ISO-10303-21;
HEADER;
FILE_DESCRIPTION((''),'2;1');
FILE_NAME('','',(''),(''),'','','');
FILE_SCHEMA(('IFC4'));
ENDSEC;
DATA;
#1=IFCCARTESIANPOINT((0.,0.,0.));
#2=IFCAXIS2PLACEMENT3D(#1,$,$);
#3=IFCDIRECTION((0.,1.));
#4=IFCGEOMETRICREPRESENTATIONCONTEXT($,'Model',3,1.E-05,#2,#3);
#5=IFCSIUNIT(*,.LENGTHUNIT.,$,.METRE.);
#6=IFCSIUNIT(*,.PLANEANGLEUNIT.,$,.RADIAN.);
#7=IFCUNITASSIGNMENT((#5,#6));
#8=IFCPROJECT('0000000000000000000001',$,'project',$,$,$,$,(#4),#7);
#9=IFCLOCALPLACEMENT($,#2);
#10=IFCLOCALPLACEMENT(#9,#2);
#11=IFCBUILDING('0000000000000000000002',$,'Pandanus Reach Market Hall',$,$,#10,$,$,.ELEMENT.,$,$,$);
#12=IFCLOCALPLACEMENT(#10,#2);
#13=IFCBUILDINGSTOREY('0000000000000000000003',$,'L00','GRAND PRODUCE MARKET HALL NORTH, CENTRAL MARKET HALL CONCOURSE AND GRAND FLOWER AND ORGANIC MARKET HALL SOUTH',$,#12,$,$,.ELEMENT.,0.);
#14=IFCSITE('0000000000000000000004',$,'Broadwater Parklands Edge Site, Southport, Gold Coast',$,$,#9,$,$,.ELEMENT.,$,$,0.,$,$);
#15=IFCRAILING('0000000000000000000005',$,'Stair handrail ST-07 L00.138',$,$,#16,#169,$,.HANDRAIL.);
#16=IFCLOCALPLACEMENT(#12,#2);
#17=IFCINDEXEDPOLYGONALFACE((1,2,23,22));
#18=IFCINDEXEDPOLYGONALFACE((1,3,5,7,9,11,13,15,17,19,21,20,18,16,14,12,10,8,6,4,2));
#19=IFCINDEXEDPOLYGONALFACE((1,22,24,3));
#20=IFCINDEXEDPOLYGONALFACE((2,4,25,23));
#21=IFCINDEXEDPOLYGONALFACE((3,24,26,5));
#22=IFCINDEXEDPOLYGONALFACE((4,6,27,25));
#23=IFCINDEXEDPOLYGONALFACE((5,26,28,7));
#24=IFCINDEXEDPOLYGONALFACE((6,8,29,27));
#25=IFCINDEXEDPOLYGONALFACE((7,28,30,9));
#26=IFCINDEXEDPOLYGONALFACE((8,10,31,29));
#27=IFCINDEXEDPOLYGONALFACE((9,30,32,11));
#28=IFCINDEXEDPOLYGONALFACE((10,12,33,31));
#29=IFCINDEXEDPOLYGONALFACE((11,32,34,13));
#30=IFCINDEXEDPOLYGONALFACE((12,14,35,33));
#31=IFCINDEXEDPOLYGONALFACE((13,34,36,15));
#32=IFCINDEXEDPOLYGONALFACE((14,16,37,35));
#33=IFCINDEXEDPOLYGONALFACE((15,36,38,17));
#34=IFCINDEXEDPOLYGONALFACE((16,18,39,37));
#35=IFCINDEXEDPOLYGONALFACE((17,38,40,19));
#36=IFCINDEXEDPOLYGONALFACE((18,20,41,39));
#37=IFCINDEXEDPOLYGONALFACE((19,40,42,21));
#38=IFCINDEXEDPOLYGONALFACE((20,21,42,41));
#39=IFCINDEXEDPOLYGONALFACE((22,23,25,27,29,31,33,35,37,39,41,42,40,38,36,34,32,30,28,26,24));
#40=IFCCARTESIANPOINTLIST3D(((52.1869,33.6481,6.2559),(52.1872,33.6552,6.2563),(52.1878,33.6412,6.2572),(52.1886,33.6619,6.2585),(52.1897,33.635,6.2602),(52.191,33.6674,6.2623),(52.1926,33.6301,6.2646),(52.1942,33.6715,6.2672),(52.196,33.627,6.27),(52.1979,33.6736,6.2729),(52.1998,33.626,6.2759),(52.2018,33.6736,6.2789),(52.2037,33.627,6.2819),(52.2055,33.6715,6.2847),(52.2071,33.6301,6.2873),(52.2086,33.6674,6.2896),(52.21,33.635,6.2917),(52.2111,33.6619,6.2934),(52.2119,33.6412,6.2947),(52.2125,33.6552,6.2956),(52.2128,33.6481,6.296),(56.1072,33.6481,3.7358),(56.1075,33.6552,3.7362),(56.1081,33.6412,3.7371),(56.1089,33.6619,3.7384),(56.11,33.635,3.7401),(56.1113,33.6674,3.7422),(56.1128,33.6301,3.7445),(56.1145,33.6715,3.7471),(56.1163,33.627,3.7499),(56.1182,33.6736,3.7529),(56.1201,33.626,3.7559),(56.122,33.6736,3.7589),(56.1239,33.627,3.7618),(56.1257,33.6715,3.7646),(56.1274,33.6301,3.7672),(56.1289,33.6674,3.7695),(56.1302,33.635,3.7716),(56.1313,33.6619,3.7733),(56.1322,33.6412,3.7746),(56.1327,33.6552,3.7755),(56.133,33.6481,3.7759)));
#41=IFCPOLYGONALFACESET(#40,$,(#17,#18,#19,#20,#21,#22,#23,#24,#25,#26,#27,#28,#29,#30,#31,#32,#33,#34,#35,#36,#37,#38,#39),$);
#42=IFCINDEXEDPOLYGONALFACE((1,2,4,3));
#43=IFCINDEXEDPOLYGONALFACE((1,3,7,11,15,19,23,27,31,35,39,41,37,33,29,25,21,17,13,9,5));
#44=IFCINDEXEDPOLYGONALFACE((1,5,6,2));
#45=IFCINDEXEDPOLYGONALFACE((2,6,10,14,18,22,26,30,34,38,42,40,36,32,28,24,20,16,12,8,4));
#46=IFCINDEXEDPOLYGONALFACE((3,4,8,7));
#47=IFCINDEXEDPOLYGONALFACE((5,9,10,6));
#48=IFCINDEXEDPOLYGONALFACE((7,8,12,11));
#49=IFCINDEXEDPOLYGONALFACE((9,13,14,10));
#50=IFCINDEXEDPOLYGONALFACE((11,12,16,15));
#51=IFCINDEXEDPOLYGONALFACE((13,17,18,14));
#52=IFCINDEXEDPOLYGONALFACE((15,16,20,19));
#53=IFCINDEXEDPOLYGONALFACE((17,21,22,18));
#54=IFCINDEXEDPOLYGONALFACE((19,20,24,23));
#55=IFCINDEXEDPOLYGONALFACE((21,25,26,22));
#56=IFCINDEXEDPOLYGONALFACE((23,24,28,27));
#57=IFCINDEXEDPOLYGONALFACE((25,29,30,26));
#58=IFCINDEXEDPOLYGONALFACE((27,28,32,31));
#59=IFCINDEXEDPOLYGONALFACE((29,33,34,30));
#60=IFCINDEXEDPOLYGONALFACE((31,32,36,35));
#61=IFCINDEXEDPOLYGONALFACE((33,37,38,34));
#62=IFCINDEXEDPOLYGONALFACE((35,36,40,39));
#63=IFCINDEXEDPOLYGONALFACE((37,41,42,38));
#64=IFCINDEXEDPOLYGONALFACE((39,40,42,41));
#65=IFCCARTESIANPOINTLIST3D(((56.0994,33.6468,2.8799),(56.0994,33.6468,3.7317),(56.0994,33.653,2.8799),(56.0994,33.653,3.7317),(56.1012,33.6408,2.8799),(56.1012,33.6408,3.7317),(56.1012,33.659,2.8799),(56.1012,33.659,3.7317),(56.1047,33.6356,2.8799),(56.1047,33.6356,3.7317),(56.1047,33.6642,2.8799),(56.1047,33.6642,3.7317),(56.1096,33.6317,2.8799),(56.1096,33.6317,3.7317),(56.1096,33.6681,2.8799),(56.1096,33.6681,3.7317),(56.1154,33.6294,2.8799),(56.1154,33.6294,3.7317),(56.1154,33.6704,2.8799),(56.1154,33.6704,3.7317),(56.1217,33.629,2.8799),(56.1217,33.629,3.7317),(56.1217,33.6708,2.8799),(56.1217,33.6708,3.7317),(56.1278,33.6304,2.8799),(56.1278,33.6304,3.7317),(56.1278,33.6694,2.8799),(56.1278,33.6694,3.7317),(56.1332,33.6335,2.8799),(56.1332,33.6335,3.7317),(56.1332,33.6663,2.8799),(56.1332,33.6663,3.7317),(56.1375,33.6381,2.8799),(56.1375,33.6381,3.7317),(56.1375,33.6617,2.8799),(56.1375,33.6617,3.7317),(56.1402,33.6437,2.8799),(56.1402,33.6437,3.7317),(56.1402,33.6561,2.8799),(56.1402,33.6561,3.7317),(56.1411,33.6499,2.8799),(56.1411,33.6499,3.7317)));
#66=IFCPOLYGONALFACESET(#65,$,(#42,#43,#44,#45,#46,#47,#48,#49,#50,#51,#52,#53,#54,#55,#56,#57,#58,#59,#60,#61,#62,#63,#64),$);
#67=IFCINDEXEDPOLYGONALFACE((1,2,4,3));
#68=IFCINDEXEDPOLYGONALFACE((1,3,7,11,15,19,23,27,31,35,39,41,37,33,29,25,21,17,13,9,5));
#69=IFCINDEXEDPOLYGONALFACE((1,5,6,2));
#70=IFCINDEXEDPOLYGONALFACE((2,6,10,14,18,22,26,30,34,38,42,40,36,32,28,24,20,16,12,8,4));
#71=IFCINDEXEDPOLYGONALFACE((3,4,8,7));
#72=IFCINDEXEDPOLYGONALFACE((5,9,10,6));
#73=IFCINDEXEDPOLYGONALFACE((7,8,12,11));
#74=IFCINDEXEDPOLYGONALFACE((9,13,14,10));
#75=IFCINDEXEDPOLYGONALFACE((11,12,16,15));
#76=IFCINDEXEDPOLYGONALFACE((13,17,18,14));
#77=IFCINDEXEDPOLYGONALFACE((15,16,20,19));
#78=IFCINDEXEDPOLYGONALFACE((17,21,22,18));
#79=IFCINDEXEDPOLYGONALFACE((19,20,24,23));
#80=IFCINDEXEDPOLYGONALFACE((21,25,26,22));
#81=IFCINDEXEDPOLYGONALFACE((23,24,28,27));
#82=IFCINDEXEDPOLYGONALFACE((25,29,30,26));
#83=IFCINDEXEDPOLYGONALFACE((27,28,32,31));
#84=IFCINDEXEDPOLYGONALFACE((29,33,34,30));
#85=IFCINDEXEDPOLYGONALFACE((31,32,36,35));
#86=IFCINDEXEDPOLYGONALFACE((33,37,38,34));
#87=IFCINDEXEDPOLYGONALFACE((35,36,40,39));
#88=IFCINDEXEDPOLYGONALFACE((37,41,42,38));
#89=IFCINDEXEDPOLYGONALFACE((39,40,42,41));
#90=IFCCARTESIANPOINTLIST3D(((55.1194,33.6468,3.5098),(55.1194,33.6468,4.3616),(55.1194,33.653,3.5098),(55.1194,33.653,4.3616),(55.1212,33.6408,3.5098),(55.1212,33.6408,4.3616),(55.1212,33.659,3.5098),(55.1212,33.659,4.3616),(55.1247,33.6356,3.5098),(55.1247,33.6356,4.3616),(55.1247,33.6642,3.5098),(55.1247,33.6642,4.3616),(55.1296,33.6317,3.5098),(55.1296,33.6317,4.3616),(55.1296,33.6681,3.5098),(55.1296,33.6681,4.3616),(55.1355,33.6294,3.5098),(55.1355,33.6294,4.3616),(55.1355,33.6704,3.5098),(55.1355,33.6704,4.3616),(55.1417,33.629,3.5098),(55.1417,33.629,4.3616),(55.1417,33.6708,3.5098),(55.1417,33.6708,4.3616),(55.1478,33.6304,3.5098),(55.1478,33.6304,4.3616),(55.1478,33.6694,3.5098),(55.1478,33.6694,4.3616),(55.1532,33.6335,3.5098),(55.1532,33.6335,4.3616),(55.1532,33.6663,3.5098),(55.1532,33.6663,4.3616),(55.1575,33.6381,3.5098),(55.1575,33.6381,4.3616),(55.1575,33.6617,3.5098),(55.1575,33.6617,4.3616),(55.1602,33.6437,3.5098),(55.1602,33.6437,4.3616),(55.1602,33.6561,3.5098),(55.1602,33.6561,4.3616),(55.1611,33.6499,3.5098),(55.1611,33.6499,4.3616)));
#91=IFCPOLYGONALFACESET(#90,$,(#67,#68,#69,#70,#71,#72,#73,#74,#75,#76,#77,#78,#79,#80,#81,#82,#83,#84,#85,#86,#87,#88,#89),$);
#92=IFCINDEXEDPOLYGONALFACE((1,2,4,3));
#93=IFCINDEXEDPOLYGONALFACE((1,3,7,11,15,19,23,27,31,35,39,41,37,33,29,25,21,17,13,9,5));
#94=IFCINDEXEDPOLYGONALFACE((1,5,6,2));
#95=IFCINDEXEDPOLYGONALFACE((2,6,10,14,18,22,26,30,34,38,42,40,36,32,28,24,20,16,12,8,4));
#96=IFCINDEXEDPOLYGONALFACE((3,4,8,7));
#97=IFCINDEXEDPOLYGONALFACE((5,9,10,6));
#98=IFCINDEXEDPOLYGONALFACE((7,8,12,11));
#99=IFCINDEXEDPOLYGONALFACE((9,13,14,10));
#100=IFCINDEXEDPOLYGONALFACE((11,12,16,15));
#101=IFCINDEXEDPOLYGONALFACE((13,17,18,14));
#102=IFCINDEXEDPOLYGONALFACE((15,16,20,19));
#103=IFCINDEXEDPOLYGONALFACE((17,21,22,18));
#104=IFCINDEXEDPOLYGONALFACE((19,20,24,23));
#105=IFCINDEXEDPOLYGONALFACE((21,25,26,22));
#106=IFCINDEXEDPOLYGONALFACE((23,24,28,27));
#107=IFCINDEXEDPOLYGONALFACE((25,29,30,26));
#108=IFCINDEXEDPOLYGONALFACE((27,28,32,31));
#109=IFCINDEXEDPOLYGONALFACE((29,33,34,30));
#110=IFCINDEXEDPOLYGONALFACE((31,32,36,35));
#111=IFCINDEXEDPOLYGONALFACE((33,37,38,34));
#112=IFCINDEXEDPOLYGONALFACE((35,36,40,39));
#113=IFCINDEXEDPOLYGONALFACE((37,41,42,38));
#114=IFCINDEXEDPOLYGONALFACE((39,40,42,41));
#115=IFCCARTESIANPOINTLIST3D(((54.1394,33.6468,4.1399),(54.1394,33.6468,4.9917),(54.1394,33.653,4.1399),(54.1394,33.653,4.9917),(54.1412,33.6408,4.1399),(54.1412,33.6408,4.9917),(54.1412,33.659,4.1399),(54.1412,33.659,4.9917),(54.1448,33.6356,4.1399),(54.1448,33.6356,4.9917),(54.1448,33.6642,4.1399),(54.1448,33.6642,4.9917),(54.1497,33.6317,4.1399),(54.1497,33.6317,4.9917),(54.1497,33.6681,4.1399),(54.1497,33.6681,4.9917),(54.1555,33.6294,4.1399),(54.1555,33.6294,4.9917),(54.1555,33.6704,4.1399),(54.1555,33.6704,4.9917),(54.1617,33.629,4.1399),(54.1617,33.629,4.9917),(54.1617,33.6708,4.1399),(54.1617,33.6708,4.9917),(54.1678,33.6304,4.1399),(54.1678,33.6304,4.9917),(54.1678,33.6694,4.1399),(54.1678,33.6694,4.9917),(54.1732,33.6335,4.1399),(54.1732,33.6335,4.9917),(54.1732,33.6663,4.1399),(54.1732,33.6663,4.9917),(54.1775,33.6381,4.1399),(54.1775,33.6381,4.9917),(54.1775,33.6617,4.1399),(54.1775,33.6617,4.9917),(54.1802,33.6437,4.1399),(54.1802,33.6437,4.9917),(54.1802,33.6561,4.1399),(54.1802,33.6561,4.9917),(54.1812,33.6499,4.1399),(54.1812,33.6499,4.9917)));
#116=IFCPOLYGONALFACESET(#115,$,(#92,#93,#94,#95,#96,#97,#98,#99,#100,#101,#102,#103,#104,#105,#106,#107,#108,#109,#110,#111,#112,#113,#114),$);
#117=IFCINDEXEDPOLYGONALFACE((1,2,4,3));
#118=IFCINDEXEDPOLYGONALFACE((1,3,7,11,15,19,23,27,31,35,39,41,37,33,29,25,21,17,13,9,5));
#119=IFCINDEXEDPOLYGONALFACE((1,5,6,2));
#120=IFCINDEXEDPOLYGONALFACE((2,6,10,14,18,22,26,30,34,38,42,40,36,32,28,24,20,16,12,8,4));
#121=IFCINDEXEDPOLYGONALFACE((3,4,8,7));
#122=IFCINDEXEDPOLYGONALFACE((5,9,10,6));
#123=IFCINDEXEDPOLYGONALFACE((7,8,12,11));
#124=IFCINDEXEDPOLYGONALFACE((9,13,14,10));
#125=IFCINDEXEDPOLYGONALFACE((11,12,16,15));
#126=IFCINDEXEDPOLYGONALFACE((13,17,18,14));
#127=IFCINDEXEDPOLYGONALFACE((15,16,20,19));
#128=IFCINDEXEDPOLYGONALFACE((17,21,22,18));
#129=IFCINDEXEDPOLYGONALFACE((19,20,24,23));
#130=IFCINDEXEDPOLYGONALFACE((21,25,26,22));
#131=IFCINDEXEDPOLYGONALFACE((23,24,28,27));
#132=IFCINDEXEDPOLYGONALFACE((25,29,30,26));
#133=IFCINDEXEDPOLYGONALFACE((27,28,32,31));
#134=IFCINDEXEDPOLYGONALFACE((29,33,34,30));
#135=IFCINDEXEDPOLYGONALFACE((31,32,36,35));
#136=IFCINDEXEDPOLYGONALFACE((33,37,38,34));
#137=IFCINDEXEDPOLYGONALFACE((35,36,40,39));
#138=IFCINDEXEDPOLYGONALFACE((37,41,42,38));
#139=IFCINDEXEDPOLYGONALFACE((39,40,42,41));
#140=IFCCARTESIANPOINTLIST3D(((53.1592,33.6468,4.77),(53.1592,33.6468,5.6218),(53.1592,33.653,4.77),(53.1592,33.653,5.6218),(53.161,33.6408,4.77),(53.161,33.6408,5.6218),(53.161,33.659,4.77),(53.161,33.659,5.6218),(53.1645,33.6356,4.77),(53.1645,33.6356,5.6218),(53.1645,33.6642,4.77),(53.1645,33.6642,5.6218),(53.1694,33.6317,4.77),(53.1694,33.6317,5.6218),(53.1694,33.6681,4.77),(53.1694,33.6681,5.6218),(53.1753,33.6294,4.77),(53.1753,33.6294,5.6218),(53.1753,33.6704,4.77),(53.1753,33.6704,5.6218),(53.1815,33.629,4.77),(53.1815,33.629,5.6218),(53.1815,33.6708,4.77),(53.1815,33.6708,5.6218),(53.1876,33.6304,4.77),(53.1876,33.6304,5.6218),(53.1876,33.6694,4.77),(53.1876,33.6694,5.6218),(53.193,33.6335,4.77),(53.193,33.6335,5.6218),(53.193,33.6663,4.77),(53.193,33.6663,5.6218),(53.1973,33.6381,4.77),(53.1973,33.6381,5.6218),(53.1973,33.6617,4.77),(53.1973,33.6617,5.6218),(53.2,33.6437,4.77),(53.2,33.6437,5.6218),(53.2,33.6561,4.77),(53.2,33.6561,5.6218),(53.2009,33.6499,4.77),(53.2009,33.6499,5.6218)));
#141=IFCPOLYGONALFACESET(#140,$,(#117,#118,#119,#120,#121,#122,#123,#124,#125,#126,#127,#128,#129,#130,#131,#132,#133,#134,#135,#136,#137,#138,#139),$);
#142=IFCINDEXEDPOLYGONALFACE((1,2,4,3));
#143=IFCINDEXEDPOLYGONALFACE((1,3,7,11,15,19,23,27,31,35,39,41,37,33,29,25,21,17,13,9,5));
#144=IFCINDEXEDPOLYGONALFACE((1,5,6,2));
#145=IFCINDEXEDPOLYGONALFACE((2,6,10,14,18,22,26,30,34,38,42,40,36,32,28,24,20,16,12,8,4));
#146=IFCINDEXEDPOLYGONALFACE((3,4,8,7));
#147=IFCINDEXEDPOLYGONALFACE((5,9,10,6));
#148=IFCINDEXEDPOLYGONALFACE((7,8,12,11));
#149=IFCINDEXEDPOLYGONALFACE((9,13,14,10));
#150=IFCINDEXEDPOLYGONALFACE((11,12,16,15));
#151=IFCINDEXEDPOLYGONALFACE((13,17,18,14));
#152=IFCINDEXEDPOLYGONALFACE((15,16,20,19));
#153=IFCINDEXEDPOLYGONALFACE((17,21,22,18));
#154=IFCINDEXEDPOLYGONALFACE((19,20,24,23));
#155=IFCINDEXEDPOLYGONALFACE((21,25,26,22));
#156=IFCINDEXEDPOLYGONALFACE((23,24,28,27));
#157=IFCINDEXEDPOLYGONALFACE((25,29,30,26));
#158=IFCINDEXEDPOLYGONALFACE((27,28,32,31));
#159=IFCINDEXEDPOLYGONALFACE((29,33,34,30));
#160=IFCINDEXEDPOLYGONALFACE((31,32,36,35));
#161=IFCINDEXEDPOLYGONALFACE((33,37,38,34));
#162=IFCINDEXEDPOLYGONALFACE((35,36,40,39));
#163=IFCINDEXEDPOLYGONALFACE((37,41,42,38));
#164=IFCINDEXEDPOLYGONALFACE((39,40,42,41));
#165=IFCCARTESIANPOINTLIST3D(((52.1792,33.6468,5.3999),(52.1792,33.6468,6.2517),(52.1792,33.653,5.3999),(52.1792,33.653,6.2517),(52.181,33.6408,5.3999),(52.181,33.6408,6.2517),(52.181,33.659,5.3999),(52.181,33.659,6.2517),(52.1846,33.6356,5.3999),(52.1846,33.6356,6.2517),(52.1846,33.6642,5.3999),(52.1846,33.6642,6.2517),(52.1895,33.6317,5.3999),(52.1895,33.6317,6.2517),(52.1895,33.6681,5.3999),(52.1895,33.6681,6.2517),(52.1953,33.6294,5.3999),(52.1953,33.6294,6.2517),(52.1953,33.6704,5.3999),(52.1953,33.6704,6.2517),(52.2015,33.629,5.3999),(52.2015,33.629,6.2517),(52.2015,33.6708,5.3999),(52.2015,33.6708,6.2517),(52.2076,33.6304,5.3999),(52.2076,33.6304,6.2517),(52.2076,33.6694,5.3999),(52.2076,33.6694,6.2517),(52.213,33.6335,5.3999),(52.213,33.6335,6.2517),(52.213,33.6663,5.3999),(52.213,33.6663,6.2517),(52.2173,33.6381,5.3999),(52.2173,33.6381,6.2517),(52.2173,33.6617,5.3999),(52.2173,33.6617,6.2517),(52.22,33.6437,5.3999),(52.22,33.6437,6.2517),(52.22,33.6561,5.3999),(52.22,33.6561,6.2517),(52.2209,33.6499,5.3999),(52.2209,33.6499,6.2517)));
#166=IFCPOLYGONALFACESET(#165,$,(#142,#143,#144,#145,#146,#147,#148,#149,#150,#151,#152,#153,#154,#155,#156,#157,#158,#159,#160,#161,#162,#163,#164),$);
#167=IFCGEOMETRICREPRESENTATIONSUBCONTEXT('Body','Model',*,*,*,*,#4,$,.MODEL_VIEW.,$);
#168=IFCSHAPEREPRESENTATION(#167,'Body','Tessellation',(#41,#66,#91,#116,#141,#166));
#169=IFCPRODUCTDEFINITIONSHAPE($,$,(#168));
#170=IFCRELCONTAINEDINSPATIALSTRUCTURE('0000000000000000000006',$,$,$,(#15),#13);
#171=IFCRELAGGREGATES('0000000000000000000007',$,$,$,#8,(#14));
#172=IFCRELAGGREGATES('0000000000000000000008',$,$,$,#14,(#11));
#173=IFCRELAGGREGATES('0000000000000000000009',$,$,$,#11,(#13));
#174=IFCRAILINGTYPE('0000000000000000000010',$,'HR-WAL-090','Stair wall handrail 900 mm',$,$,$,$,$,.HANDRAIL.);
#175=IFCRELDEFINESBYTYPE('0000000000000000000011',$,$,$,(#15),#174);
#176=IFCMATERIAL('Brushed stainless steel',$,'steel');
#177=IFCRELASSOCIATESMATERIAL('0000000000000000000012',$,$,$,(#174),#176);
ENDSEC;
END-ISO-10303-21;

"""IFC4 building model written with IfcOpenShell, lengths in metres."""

from ifc_helpers import new_model, si_unit, direction, frame, origin, origin_2d, place, context, subcontext, project, spatial, circle, extrude, material, type_object, element, save


model = new_model("IFC4")

# Units and contexts
model_context = context("Model", 3, precision=1e-05, world=origin(), true_north=direction((0.0, 1.0)))
body_context = subcontext(model_context, "Body", "Model", "MODEL_VIEW")
ifc_project = project(units=[si_unit("LENGTHUNIT", "METRE"), si_unit("PLANEANGLEUNIT", "RADIAN")], contexts=[model_context])

# Site, building, storey
site_placement = place(None, origin())
site = spatial("IfcSite", under=ifc_project, at=site_placement, Name="Broadwater Parklands Edge Site, Southport, Gold Coast", CompositionType="ELEMENT", RefElevation=0.0)
building_placement = place(site_placement, origin())
building = spatial("IfcBuilding", under=site, at=building_placement, Name="Pandanus Reach Market Hall", CompositionType="ELEMENT")
storey_placement = place(building_placement, origin())
storey = spatial("IfcBuildingStorey", under=building, at=storey_placement, Name="L00", Description="GRAND PRODUCE MARKET HALL NORTH, CENTRAL MARKET HALL CONCOURSE AND GRAND FLOWER AND ORGANIC MARKET HALL SOUTH", CompositionType="ELEMENT", Elevation=0.0)

# Railing
ifc_material_1 = material(Name="Brushed stainless steel", Category="steel")
railing_type_1 = type_object("IfcRailingType", Name="HR-WAL-090", Description="Stair wall handrail 900 mm", PredefinedType="HANDRAIL", material=ifc_material_1)
railing_1_placement = place(storey_placement, frame((56.1201, 33.6499, 2.8799)))
element("IfcRailing", 1, at=railing_1_placement, inside=storey, type_object=railing_type_1, Name="Stair handrail ST-07 L00.138", PredefinedType="HANDRAIL", context=body_context, shape_type="SweptSolid", body=[
    extrude(circle(Radius=0.0239, at=origin_2d()), frame((0.0, 0.0, 0.876), z_axis=(-0.841187, 0.0, 0.540744), x_axis=(0.0, -1.0, 0.0)), (0.0, 0.0, 1.0), 4.6604),
    extrude(circle(Radius=0.021, at=origin_2d()), origin(), (0.0, 0.0, 1.0), 0.8518),
    extrude(circle(Radius=0.021, at=origin_2d()), frame((-0.98, 0.0, 0.6299)), (0.0, 0.0, 1.0), 0.8518),
    extrude(circle(Radius=0.021, at=origin_2d()), frame((-1.96, 0.0, 1.26)), (0.0, 0.0, 1.0), 0.8518),
    extrude(circle(Radius=0.021, at=origin_2d()), frame((-2.9402, 0.0, 1.8901)), (0.0, 0.0, 1.0), 0.8518),
    extrude(circle(Radius=0.021, at=origin_2d()), frame((-3.9202, 0.0, 2.52)), (0.0, 0.0, 1.0), 0.8518),
])

save(model, "model.ifc")
